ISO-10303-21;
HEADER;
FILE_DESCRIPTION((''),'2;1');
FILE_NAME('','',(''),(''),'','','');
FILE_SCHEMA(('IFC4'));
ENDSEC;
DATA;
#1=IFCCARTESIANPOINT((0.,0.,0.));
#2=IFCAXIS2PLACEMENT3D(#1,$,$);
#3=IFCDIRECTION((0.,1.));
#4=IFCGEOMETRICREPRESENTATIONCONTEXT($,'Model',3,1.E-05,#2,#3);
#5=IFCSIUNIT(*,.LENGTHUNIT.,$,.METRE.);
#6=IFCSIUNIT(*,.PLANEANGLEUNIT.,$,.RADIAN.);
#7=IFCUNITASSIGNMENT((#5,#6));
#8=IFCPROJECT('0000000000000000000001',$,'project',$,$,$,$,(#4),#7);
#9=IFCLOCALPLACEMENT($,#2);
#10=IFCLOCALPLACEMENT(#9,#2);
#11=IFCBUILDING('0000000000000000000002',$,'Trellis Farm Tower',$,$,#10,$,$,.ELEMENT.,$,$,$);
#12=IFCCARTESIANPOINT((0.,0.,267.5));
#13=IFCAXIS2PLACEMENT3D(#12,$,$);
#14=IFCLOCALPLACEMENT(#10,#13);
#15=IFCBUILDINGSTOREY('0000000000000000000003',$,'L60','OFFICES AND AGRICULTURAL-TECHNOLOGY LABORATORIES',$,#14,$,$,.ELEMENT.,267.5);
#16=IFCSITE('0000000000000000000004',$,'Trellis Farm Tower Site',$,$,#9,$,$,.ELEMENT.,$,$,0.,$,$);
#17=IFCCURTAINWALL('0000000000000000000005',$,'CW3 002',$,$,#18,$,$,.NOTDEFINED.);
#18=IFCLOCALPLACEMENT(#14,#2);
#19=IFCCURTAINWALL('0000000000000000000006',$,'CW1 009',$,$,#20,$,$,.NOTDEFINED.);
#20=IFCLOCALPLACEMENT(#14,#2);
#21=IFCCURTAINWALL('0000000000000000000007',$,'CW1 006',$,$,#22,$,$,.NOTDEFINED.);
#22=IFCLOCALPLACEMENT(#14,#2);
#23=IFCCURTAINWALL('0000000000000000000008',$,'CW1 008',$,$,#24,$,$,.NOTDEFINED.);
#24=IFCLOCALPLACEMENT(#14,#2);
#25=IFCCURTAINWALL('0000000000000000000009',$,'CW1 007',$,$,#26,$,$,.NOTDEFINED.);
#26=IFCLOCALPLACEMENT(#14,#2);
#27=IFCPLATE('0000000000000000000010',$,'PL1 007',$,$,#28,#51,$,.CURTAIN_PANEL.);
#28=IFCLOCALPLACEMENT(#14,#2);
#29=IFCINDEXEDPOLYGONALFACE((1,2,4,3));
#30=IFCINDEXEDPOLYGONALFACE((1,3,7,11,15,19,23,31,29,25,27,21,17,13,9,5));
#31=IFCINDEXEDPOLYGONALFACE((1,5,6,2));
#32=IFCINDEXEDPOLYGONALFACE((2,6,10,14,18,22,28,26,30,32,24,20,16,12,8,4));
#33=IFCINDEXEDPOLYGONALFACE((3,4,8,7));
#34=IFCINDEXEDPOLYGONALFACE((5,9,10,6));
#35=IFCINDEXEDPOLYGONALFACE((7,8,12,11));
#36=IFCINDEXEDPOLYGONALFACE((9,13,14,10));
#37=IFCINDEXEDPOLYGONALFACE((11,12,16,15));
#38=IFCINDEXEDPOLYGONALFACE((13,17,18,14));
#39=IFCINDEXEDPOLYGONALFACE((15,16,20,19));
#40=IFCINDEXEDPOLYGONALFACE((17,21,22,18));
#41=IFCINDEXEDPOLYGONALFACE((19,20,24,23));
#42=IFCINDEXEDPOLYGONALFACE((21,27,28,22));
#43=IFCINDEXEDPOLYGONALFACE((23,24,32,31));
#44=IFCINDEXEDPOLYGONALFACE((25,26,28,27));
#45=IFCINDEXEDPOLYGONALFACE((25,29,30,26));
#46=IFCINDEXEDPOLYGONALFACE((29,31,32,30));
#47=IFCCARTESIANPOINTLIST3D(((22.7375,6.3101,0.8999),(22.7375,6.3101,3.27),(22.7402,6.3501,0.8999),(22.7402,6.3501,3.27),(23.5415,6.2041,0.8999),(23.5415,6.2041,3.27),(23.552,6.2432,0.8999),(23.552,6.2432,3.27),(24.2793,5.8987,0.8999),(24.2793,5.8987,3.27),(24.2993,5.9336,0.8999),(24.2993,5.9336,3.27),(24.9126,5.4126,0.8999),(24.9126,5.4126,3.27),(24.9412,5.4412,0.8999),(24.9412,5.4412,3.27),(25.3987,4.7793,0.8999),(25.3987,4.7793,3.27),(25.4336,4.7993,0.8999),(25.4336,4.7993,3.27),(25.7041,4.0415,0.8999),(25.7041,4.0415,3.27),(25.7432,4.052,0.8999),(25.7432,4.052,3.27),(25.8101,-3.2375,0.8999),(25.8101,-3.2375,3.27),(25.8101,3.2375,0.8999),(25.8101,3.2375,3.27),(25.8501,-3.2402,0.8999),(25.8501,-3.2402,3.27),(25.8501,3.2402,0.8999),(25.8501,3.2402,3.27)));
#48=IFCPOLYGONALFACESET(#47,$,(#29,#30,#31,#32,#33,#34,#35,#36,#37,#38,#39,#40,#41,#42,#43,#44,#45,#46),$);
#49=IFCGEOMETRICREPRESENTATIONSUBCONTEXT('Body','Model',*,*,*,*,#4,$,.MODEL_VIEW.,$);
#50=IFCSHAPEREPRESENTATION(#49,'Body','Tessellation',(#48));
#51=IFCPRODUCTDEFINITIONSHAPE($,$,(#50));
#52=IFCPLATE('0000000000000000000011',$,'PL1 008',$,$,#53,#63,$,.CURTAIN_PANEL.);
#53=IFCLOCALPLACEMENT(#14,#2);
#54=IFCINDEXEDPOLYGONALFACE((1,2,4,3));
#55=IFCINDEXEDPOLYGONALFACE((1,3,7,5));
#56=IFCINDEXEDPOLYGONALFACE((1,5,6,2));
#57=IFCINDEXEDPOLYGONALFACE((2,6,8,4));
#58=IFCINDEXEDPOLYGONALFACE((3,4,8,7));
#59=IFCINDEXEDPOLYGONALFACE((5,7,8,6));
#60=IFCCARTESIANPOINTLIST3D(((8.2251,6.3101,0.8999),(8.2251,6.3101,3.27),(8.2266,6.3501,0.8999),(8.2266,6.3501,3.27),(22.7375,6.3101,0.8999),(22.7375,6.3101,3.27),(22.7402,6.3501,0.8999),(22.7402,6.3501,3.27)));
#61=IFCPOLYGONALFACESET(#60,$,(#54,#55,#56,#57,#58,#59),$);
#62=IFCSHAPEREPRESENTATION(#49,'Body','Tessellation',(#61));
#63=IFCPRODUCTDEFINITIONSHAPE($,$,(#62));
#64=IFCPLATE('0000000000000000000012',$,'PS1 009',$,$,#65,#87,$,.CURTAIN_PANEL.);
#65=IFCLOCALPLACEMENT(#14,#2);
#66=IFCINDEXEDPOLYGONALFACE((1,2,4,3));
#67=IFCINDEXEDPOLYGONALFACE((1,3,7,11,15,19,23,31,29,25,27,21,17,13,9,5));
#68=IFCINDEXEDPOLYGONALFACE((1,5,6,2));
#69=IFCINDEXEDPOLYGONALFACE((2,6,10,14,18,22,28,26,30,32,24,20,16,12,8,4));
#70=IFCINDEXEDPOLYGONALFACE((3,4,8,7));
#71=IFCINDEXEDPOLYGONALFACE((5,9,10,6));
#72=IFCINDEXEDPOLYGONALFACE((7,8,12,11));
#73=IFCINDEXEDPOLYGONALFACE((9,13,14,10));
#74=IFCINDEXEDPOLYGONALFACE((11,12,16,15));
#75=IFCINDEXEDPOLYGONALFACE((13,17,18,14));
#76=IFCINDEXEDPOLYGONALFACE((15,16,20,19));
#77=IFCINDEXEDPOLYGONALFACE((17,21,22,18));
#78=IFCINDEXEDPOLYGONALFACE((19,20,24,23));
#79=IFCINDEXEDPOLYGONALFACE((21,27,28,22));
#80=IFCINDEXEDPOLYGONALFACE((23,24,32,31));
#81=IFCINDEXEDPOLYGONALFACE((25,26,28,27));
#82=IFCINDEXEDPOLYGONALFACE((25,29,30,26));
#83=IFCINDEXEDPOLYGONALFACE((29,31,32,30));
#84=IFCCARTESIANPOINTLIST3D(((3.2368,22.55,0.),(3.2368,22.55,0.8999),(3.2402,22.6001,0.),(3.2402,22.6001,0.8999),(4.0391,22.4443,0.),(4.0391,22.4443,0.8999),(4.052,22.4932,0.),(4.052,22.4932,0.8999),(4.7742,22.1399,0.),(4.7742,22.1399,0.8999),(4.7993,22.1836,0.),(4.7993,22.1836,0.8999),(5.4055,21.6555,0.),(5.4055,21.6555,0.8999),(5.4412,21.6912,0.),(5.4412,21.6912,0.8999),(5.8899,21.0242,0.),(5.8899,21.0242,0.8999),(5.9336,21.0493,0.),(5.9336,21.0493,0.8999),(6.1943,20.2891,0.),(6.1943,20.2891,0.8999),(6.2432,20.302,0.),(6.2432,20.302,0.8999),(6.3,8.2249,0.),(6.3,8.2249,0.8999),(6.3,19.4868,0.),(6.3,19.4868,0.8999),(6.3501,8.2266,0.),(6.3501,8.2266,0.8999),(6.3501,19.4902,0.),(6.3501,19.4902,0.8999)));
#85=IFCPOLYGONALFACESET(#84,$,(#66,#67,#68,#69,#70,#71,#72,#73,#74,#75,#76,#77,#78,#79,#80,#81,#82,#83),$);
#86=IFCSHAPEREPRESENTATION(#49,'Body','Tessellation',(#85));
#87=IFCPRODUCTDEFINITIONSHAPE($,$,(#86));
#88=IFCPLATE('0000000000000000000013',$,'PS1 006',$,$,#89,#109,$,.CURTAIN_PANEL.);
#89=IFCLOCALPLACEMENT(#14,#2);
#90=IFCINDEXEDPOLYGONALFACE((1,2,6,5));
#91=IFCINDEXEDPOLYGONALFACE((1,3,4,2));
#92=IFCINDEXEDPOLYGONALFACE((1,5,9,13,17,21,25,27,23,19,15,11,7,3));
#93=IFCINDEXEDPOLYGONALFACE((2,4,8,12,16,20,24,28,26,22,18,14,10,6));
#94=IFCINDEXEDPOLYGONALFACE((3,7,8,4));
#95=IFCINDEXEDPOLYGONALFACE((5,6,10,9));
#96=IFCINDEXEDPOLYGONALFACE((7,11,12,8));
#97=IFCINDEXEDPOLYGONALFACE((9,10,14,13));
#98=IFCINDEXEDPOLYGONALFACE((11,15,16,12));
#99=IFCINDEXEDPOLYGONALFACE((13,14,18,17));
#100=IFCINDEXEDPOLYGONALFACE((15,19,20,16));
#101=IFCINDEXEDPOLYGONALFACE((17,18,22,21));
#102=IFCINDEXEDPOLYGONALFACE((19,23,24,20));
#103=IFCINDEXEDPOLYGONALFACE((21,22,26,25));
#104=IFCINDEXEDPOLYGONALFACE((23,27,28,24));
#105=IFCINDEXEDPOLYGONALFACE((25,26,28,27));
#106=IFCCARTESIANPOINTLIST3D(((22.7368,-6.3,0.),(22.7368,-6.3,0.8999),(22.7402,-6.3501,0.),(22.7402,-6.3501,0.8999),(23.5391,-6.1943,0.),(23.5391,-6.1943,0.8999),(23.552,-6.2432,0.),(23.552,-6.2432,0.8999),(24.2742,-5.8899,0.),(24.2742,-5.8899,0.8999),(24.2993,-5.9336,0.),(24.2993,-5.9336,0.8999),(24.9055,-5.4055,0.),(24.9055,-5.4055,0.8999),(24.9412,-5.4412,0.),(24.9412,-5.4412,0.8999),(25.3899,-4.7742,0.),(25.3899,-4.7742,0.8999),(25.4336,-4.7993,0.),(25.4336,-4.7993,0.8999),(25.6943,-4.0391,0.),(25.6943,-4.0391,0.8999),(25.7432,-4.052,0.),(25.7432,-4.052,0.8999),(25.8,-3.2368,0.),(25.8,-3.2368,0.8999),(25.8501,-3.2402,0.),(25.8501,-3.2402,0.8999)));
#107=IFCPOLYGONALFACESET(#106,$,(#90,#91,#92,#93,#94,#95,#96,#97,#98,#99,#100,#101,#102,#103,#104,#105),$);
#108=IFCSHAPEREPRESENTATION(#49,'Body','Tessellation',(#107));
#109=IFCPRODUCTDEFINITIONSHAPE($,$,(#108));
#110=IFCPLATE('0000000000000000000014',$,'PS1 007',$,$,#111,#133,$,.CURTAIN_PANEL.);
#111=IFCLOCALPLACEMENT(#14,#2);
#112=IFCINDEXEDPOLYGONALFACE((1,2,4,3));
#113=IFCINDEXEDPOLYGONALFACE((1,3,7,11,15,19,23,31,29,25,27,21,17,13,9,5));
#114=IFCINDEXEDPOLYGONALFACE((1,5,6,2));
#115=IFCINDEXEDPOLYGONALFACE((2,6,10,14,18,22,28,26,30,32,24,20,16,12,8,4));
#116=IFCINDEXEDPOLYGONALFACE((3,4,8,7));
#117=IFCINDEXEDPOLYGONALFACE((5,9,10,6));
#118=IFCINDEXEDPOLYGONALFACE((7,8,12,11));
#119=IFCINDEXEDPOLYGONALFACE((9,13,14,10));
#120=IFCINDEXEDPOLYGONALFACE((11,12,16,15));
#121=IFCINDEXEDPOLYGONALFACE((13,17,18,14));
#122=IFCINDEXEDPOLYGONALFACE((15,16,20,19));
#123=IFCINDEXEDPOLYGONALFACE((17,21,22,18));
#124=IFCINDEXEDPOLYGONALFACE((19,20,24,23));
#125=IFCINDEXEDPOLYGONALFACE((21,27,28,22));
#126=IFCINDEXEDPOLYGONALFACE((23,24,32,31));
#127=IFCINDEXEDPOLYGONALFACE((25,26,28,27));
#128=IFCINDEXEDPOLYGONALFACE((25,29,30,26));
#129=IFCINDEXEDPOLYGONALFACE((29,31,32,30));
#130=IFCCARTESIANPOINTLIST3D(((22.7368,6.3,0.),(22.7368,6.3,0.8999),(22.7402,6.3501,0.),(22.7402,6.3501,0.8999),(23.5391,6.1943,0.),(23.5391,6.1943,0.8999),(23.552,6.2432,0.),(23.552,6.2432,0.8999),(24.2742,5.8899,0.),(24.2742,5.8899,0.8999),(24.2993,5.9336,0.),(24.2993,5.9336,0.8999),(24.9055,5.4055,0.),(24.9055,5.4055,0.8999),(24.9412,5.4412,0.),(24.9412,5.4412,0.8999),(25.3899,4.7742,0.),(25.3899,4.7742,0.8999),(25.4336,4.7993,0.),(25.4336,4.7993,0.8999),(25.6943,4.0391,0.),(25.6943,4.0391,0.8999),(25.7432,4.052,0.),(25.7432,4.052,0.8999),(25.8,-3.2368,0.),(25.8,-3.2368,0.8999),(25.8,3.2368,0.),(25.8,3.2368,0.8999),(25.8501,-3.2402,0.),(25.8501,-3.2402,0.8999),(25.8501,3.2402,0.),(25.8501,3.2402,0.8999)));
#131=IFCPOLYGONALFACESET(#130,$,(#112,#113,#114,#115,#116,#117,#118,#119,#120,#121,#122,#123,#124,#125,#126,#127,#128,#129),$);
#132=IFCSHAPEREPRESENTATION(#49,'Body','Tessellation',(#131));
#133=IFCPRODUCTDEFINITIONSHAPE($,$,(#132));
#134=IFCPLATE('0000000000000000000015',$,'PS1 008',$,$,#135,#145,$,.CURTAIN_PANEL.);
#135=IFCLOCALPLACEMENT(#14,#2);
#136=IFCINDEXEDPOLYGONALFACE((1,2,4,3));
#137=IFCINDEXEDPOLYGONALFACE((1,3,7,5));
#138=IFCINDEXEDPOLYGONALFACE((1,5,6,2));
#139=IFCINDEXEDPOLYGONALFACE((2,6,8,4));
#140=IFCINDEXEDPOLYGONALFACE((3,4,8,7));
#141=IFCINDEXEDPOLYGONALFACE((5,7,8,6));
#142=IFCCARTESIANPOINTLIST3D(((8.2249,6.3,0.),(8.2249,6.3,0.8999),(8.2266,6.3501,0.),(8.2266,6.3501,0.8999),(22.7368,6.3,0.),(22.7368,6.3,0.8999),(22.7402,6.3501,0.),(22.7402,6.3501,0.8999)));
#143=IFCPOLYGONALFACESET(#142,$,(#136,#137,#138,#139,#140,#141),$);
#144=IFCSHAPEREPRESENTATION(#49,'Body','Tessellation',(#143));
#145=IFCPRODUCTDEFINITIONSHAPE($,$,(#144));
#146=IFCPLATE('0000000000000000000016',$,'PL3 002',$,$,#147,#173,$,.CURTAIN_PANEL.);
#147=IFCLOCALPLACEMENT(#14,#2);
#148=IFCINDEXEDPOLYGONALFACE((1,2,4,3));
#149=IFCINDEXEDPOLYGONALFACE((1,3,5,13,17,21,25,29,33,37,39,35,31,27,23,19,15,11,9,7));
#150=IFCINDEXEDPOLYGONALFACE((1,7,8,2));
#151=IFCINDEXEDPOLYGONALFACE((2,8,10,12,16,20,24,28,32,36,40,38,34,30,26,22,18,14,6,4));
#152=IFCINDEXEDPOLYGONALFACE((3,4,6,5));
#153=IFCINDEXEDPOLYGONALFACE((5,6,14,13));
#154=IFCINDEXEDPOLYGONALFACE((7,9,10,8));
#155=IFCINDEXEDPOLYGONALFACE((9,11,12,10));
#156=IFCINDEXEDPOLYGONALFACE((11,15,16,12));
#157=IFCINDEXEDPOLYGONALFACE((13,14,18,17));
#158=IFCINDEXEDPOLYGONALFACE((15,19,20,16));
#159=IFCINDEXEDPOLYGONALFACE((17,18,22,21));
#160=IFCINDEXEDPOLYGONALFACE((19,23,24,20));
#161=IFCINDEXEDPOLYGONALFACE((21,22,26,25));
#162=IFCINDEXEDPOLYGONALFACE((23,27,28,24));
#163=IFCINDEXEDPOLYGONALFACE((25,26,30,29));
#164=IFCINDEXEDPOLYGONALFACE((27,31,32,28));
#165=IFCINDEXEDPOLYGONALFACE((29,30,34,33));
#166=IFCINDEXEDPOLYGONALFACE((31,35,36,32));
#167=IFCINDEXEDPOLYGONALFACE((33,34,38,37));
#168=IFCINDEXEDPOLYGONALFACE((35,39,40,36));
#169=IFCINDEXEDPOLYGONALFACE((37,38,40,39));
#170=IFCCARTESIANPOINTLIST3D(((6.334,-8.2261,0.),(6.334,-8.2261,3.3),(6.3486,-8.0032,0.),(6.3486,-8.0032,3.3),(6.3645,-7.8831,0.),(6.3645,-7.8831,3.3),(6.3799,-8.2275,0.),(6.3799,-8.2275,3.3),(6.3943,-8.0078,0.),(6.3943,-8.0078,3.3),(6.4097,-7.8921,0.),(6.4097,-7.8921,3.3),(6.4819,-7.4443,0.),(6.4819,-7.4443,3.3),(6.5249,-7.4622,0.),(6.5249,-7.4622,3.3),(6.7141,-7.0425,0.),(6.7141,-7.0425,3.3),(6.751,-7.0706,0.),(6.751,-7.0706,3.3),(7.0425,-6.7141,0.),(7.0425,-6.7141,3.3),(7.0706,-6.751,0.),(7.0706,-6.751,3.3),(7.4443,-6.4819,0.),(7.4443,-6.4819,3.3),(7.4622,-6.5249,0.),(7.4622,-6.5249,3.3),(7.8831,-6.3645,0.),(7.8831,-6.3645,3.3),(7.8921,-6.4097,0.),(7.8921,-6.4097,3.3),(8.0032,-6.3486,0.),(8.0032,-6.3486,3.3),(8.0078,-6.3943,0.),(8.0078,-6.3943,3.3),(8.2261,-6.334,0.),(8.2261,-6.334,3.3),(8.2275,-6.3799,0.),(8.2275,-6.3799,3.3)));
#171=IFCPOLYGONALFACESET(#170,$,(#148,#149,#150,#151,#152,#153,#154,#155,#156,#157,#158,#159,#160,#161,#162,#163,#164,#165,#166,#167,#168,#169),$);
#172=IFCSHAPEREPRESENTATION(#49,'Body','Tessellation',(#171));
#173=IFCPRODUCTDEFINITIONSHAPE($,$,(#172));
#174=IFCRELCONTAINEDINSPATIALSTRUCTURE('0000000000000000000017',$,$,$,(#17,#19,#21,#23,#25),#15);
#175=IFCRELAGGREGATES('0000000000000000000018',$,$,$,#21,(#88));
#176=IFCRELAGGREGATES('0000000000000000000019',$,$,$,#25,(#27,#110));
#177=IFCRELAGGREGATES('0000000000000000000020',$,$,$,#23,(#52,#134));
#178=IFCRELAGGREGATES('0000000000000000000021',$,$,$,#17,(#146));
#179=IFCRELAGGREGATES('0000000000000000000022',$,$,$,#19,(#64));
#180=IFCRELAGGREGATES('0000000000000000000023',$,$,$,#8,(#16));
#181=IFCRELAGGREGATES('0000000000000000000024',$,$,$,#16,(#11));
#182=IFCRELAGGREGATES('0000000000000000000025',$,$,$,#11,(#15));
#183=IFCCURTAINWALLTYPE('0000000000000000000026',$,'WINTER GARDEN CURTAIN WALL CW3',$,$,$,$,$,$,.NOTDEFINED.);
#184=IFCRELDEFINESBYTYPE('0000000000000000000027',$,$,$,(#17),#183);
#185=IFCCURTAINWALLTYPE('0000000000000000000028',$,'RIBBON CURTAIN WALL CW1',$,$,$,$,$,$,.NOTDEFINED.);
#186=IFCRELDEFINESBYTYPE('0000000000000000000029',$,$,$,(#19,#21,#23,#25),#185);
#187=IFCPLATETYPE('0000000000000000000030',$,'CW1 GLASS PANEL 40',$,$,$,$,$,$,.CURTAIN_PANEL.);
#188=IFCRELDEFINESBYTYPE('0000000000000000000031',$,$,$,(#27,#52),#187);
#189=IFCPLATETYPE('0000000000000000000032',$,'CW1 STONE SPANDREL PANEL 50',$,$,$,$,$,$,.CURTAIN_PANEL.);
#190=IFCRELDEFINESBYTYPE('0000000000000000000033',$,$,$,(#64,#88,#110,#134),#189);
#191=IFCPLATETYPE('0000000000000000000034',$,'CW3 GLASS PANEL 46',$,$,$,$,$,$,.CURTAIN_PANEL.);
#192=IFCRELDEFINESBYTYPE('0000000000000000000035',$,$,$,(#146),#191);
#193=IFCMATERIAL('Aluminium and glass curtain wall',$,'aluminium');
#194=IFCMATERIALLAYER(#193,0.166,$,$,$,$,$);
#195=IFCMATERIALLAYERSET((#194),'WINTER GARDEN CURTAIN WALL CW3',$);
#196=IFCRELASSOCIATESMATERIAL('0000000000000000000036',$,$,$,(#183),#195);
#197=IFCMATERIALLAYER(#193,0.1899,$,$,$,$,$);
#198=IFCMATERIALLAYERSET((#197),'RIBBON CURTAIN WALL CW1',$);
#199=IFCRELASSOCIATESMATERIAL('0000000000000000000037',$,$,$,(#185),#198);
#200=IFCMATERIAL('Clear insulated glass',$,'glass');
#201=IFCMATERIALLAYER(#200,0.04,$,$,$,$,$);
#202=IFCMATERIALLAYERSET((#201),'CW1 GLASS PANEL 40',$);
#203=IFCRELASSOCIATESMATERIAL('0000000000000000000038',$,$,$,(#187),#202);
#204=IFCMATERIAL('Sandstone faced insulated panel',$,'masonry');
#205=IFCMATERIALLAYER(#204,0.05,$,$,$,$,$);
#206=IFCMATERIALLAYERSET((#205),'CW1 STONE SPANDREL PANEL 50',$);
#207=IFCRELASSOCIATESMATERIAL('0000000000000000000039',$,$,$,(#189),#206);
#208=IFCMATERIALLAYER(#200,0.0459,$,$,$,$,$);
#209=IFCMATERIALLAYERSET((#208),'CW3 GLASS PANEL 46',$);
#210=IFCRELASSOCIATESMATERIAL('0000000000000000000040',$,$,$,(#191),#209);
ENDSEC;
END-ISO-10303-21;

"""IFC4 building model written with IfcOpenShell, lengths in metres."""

from ifc_helpers import new_model, si_unit, direction, frame, origin, place, context, subcontext, project, spatial, polyline, outline, extrude, source, transform, mapped, material, layer, layer_set, type_object, element, aggregate, save


model = new_model("IFC4")

# Units and contexts
model_context = context("Model", 3, precision=1e-05, world=origin(), true_north=direction((0.0, 1.0)))
body_context = subcontext(model_context, "Body", "Model", "MODEL_VIEW")
ifc_project = project(units=[si_unit("LENGTHUNIT", "METRE"), si_unit("PLANEANGLEUNIT", "RADIAN")], contexts=[model_context])

# Site, building, storey
site_placement = place(None, origin())
site = spatial("IfcSite", under=ifc_project, at=site_placement, Name="Trellis Farm Tower Site", CompositionType="ELEMENT", RefElevation=0.0)
building_placement = place(site_placement, origin())
building = spatial("IfcBuilding", under=site, at=building_placement, Name="Trellis Farm Tower", CompositionType="ELEMENT")
storey_placement = place(building_placement, frame((0.0, 0.0, 267.5)))
storey = spatial("IfcBuildingStorey", under=building, at=storey_placement, Name="L60", Description="OFFICES AND AGRICULTURAL-TECHNOLOGY LABORATORIES", CompositionType="ELEMENT", Elevation=267.5)

# Curtain walls
ifc_material_1 = material(Name="Aluminium and glass curtain wall", Category="aluminium")
ifc_layer_1 = layer(ifc_material_1, 0.166)
ifc_layer_set_1 = layer_set([ifc_layer_1], Name="WINTER GARDEN CURTAIN WALL CW3")
curtain_wall_type_1 = type_object("IfcCurtainWallType", Name="WINTER GARDEN CURTAIN WALL CW3", PredefinedType="NOTDEFINED", material=ifc_layer_set_1)
placement_1 = place(storey_placement, origin())
curtain_wall_1 = element("IfcCurtainWall", 1, at=placement_1, inside=storey, type_object=curtain_wall_type_1, Name="CW3 002", PredefinedType="NOTDEFINED")
ifc_layer_2 = layer(ifc_material_1, 0.1899)
ifc_layer_set_2 = layer_set([ifc_layer_2], Name="RIBBON CURTAIN WALL CW1")
curtain_wall_type_2 = type_object("IfcCurtainWallType", Name="RIBBON CURTAIN WALL CW1", PredefinedType="NOTDEFINED", material=ifc_layer_set_2)
curtain_wall_2 = element("IfcCurtainWall", 2, at=placement_1, inside=storey, type_object=curtain_wall_type_2, Name="CW1 009", PredefinedType="NOTDEFINED")
curtain_wall_3 = element("IfcCurtainWall", 3, at=placement_1, inside=storey, type_object=curtain_wall_type_2, Name="CW1 006", PredefinedType="NOTDEFINED")
curtain_wall_4 = element("IfcCurtainWall", 4, at=placement_1, inside=storey, type_object=curtain_wall_type_2, Name="CW1 008", PredefinedType="NOTDEFINED")
curtain_wall_5 = element("IfcCurtainWall", 5, at=placement_1, inside=storey, type_object=curtain_wall_type_2, Name="CW1 007", PredefinedType="NOTDEFINED")

# Plates
ifc_material_2 = material(Name="Clear insulated glass", Category="glass")
ifc_layer_3 = layer(ifc_material_2, 0.04)
ifc_layer_set_3 = layer_set([ifc_layer_3], Name="CW1 GLASS PANEL 40")
plate_type_1 = type_object("IfcPlateType", Name="CW1 GLASS PANEL 40", PredefinedType="CURTAIN_PANEL", material=ifc_layer_set_3)
placement_2 = place(storey_placement, frame((0.0, 0.0, 0.8999)))
plate_1 = element("IfcPlate", 6, at=placement_2, type_object=plate_type_1, Name="PL1 007", PredefinedType="CURTAIN_PANEL", context=body_context, shape_type="SweptSolid", body=[
    extrude(outline(polyline([(25.8501, -3.2402), (25.8501, 3.2402), (25.7432, 4.052), (25.4336, 4.7993), (24.9412, 5.4412), (24.2993, 5.9336), (23.552, 6.2432), (22.7402, 6.3501), (22.7375, 6.3101), (23.5415, 6.2041), (24.2793, 5.8987), (24.9126, 5.4126), (25.3987, 4.7793), (25.7041, 4.0415), (25.8101, 3.2375), (25.8101, -3.2375), (25.8501, -3.2402)])), origin(), (0.0, 0.0, 1.0), 2.3701),
])
plate_2 = element("IfcPlate", 7, at=placement_2, type_object=plate_type_1, Name="PL1 008", PredefinedType="CURTAIN_PANEL", context=body_context, shape_type="SweptSolid", body=[
    extrude(outline(polyline([(22.7402, 6.3501), (8.2266, 6.3501), (8.2251, 6.3101), (22.7375, 6.3101), (22.7402, 6.3501)])), origin(), (0.0, 0.0, 1.0), 2.3701),
])
ifc_material_3 = material(Name="Sandstone faced insulated panel", Category="masonry")
ifc_layer_4 = layer(ifc_material_3, 0.05)
ifc_layer_set_4 = layer_set([ifc_layer_4], Name="CW1 STONE SPANDREL PANEL 50")
plate_type_2 = type_object("IfcPlateType", Name="CW1 STONE SPANDREL PANEL 50", PredefinedType="CURTAIN_PANEL", material=ifc_layer_set_4)
shared_shape_1 = source(origin(), body_context, "Body", "SweptSolid", [
    extrude(outline(polyline([(6.3501, 8.2266), (6.3501, 19.4902), (6.2432, 20.302), (5.9336, 21.0493), (5.4412, 21.6912), (4.7993, 22.1836), (4.052, 22.4932), (3.2402, 22.6001), (3.2368, 22.55), (4.0391, 22.4443), (4.7742, 22.1399), (5.4055, 21.6555), (5.8899, 21.0242), (6.1943, 20.2891), (6.3, 19.4868), (6.3, 8.2249), (6.3501, 8.2266)])), origin(), (0.0, 0.0, 1.0), 0.8999),
])
plate_3 = element("IfcPlate", 8, at=placement_1, type_object=plate_type_2, Name="PS1 009", PredefinedType="CURTAIN_PANEL", context=body_context, shape_type="MappedRepresentation", body=[
    mapped(shared_shape_1, transform((0.0, 0.0, 0.0))),
])
shared_shape_2 = source(origin(), body_context, "Body", "SweptSolid", [
    extrude(outline(polyline([(22.7402, -6.3501), (23.552, -6.2432), (24.2993, -5.9336), (24.9412, -5.4412), (25.4336, -4.7993), (25.7432, -4.052), (25.8501, -3.2402), (25.8, -3.2368), (25.6943, -4.0391), (25.3899, -4.7742), (24.9055, -5.4055), (24.2742, -5.8899), (23.5391, -6.1943), (22.7368, -6.3), (22.7402, -6.3501)])), origin(), (0.0, 0.0, 1.0), 0.8999),
])
plate_4 = element("IfcPlate", 9, at=placement_1, type_object=plate_type_2, Name="PS1 006", PredefinedType="CURTAIN_PANEL", context=body_context, shape_type="MappedRepresentation", body=[
    mapped(shared_shape_2, transform((0.0, 0.0, 0.0))),
])
aggregate(curtain_wall_3, [plate_4])
shared_shape_3 = source(origin(), body_context, "Body", "SweptSolid", [
    extrude(outline(polyline([(25.8501, -3.2402), (25.8501, 3.2402), (25.7432, 4.052), (25.4336, 4.7993), (24.9412, 5.4412), (24.2993, 5.9336), (23.552, 6.2432), (22.7402, 6.3501), (22.7368, 6.3), (23.5391, 6.1943), (24.2742, 5.8899), (24.9055, 5.4055), (25.3899, 4.7742), (25.6943, 4.0391), (25.8, 3.2368), (25.8, -3.2368), (25.8501, -3.2402)])), origin(), (0.0, 0.0, 1.0), 0.8999),
])
plate_5 = element("IfcPlate", 10, at=placement_1, type_object=plate_type_2, Name="PS1 007", PredefinedType="CURTAIN_PANEL", context=body_context, shape_type="MappedRepresentation", body=[
    mapped(shared_shape_3, transform((0.0, 0.0, 0.0))),
])
aggregate(curtain_wall_5, [plate_1, plate_5])
shared_shape_4 = source(origin(), body_context, "Body", "SweptSolid", [
    extrude(outline(polyline([(22.7402, 6.3501), (8.2266, 6.3501), (8.2249, 6.3), (22.7368, 6.3), (22.7402, 6.3501)])), origin(), (0.0, 0.0, 1.0), 0.8999),
])
plate_6 = element("IfcPlate", 11, at=placement_1, type_object=plate_type_2, Name="PS1 008", PredefinedType="CURTAIN_PANEL", context=body_context, shape_type="MappedRepresentation", body=[
    mapped(shared_shape_4, transform((0.0, 0.0, 0.0))),
])
aggregate(curtain_wall_4, [plate_2, plate_6])
ifc_layer_5 = layer(ifc_material_2, 0.0459)
ifc_layer_set_5 = layer_set([ifc_layer_5], Name="CW3 GLASS PANEL 46")
plate_type_3 = type_object("IfcPlateType", Name="CW3 GLASS PANEL 46", PredefinedType="CURTAIN_PANEL", material=ifc_layer_set_5)
shared_shape_5 = source(origin(), body_context, "Body", "SweptSolid", [
    extrude(outline(polyline([(6.3799, -8.2275), (6.3943, -8.0078), (6.4097, -7.8921), (6.5249, -7.4622), (6.751, -7.0706), (7.0706, -6.751), (7.4622, -6.5249), (7.8921, -6.4097), (8.0078, -6.3943), (8.2275, -6.3799), (8.2261, -6.334), (8.0032, -6.3486), (7.8831, -6.3645), (7.4443, -6.4819), (7.0425, -6.7141), (6.7141, -7.0425), (6.4819, -7.4443), (6.3645, -7.8831), (6.3486, -8.0032), (6.334, -8.2261), (6.3799, -8.2275)])), origin(), (0.0, 0.0, 1.0), 3.3),
])
plate_7 = element("IfcPlate", 12, at=placement_1, type_object=plate_type_3, Name="PL3 002", PredefinedType="CURTAIN_PANEL", context=body_context, shape_type="MappedRepresentation", body=[
    mapped(shared_shape_5, transform((0.0, 0.0, 0.0))),
])
aggregate(curtain_wall_1, [plate_7])
aggregate(curtain_wall_2, [plate_3])

save(model, "model.ifc")
